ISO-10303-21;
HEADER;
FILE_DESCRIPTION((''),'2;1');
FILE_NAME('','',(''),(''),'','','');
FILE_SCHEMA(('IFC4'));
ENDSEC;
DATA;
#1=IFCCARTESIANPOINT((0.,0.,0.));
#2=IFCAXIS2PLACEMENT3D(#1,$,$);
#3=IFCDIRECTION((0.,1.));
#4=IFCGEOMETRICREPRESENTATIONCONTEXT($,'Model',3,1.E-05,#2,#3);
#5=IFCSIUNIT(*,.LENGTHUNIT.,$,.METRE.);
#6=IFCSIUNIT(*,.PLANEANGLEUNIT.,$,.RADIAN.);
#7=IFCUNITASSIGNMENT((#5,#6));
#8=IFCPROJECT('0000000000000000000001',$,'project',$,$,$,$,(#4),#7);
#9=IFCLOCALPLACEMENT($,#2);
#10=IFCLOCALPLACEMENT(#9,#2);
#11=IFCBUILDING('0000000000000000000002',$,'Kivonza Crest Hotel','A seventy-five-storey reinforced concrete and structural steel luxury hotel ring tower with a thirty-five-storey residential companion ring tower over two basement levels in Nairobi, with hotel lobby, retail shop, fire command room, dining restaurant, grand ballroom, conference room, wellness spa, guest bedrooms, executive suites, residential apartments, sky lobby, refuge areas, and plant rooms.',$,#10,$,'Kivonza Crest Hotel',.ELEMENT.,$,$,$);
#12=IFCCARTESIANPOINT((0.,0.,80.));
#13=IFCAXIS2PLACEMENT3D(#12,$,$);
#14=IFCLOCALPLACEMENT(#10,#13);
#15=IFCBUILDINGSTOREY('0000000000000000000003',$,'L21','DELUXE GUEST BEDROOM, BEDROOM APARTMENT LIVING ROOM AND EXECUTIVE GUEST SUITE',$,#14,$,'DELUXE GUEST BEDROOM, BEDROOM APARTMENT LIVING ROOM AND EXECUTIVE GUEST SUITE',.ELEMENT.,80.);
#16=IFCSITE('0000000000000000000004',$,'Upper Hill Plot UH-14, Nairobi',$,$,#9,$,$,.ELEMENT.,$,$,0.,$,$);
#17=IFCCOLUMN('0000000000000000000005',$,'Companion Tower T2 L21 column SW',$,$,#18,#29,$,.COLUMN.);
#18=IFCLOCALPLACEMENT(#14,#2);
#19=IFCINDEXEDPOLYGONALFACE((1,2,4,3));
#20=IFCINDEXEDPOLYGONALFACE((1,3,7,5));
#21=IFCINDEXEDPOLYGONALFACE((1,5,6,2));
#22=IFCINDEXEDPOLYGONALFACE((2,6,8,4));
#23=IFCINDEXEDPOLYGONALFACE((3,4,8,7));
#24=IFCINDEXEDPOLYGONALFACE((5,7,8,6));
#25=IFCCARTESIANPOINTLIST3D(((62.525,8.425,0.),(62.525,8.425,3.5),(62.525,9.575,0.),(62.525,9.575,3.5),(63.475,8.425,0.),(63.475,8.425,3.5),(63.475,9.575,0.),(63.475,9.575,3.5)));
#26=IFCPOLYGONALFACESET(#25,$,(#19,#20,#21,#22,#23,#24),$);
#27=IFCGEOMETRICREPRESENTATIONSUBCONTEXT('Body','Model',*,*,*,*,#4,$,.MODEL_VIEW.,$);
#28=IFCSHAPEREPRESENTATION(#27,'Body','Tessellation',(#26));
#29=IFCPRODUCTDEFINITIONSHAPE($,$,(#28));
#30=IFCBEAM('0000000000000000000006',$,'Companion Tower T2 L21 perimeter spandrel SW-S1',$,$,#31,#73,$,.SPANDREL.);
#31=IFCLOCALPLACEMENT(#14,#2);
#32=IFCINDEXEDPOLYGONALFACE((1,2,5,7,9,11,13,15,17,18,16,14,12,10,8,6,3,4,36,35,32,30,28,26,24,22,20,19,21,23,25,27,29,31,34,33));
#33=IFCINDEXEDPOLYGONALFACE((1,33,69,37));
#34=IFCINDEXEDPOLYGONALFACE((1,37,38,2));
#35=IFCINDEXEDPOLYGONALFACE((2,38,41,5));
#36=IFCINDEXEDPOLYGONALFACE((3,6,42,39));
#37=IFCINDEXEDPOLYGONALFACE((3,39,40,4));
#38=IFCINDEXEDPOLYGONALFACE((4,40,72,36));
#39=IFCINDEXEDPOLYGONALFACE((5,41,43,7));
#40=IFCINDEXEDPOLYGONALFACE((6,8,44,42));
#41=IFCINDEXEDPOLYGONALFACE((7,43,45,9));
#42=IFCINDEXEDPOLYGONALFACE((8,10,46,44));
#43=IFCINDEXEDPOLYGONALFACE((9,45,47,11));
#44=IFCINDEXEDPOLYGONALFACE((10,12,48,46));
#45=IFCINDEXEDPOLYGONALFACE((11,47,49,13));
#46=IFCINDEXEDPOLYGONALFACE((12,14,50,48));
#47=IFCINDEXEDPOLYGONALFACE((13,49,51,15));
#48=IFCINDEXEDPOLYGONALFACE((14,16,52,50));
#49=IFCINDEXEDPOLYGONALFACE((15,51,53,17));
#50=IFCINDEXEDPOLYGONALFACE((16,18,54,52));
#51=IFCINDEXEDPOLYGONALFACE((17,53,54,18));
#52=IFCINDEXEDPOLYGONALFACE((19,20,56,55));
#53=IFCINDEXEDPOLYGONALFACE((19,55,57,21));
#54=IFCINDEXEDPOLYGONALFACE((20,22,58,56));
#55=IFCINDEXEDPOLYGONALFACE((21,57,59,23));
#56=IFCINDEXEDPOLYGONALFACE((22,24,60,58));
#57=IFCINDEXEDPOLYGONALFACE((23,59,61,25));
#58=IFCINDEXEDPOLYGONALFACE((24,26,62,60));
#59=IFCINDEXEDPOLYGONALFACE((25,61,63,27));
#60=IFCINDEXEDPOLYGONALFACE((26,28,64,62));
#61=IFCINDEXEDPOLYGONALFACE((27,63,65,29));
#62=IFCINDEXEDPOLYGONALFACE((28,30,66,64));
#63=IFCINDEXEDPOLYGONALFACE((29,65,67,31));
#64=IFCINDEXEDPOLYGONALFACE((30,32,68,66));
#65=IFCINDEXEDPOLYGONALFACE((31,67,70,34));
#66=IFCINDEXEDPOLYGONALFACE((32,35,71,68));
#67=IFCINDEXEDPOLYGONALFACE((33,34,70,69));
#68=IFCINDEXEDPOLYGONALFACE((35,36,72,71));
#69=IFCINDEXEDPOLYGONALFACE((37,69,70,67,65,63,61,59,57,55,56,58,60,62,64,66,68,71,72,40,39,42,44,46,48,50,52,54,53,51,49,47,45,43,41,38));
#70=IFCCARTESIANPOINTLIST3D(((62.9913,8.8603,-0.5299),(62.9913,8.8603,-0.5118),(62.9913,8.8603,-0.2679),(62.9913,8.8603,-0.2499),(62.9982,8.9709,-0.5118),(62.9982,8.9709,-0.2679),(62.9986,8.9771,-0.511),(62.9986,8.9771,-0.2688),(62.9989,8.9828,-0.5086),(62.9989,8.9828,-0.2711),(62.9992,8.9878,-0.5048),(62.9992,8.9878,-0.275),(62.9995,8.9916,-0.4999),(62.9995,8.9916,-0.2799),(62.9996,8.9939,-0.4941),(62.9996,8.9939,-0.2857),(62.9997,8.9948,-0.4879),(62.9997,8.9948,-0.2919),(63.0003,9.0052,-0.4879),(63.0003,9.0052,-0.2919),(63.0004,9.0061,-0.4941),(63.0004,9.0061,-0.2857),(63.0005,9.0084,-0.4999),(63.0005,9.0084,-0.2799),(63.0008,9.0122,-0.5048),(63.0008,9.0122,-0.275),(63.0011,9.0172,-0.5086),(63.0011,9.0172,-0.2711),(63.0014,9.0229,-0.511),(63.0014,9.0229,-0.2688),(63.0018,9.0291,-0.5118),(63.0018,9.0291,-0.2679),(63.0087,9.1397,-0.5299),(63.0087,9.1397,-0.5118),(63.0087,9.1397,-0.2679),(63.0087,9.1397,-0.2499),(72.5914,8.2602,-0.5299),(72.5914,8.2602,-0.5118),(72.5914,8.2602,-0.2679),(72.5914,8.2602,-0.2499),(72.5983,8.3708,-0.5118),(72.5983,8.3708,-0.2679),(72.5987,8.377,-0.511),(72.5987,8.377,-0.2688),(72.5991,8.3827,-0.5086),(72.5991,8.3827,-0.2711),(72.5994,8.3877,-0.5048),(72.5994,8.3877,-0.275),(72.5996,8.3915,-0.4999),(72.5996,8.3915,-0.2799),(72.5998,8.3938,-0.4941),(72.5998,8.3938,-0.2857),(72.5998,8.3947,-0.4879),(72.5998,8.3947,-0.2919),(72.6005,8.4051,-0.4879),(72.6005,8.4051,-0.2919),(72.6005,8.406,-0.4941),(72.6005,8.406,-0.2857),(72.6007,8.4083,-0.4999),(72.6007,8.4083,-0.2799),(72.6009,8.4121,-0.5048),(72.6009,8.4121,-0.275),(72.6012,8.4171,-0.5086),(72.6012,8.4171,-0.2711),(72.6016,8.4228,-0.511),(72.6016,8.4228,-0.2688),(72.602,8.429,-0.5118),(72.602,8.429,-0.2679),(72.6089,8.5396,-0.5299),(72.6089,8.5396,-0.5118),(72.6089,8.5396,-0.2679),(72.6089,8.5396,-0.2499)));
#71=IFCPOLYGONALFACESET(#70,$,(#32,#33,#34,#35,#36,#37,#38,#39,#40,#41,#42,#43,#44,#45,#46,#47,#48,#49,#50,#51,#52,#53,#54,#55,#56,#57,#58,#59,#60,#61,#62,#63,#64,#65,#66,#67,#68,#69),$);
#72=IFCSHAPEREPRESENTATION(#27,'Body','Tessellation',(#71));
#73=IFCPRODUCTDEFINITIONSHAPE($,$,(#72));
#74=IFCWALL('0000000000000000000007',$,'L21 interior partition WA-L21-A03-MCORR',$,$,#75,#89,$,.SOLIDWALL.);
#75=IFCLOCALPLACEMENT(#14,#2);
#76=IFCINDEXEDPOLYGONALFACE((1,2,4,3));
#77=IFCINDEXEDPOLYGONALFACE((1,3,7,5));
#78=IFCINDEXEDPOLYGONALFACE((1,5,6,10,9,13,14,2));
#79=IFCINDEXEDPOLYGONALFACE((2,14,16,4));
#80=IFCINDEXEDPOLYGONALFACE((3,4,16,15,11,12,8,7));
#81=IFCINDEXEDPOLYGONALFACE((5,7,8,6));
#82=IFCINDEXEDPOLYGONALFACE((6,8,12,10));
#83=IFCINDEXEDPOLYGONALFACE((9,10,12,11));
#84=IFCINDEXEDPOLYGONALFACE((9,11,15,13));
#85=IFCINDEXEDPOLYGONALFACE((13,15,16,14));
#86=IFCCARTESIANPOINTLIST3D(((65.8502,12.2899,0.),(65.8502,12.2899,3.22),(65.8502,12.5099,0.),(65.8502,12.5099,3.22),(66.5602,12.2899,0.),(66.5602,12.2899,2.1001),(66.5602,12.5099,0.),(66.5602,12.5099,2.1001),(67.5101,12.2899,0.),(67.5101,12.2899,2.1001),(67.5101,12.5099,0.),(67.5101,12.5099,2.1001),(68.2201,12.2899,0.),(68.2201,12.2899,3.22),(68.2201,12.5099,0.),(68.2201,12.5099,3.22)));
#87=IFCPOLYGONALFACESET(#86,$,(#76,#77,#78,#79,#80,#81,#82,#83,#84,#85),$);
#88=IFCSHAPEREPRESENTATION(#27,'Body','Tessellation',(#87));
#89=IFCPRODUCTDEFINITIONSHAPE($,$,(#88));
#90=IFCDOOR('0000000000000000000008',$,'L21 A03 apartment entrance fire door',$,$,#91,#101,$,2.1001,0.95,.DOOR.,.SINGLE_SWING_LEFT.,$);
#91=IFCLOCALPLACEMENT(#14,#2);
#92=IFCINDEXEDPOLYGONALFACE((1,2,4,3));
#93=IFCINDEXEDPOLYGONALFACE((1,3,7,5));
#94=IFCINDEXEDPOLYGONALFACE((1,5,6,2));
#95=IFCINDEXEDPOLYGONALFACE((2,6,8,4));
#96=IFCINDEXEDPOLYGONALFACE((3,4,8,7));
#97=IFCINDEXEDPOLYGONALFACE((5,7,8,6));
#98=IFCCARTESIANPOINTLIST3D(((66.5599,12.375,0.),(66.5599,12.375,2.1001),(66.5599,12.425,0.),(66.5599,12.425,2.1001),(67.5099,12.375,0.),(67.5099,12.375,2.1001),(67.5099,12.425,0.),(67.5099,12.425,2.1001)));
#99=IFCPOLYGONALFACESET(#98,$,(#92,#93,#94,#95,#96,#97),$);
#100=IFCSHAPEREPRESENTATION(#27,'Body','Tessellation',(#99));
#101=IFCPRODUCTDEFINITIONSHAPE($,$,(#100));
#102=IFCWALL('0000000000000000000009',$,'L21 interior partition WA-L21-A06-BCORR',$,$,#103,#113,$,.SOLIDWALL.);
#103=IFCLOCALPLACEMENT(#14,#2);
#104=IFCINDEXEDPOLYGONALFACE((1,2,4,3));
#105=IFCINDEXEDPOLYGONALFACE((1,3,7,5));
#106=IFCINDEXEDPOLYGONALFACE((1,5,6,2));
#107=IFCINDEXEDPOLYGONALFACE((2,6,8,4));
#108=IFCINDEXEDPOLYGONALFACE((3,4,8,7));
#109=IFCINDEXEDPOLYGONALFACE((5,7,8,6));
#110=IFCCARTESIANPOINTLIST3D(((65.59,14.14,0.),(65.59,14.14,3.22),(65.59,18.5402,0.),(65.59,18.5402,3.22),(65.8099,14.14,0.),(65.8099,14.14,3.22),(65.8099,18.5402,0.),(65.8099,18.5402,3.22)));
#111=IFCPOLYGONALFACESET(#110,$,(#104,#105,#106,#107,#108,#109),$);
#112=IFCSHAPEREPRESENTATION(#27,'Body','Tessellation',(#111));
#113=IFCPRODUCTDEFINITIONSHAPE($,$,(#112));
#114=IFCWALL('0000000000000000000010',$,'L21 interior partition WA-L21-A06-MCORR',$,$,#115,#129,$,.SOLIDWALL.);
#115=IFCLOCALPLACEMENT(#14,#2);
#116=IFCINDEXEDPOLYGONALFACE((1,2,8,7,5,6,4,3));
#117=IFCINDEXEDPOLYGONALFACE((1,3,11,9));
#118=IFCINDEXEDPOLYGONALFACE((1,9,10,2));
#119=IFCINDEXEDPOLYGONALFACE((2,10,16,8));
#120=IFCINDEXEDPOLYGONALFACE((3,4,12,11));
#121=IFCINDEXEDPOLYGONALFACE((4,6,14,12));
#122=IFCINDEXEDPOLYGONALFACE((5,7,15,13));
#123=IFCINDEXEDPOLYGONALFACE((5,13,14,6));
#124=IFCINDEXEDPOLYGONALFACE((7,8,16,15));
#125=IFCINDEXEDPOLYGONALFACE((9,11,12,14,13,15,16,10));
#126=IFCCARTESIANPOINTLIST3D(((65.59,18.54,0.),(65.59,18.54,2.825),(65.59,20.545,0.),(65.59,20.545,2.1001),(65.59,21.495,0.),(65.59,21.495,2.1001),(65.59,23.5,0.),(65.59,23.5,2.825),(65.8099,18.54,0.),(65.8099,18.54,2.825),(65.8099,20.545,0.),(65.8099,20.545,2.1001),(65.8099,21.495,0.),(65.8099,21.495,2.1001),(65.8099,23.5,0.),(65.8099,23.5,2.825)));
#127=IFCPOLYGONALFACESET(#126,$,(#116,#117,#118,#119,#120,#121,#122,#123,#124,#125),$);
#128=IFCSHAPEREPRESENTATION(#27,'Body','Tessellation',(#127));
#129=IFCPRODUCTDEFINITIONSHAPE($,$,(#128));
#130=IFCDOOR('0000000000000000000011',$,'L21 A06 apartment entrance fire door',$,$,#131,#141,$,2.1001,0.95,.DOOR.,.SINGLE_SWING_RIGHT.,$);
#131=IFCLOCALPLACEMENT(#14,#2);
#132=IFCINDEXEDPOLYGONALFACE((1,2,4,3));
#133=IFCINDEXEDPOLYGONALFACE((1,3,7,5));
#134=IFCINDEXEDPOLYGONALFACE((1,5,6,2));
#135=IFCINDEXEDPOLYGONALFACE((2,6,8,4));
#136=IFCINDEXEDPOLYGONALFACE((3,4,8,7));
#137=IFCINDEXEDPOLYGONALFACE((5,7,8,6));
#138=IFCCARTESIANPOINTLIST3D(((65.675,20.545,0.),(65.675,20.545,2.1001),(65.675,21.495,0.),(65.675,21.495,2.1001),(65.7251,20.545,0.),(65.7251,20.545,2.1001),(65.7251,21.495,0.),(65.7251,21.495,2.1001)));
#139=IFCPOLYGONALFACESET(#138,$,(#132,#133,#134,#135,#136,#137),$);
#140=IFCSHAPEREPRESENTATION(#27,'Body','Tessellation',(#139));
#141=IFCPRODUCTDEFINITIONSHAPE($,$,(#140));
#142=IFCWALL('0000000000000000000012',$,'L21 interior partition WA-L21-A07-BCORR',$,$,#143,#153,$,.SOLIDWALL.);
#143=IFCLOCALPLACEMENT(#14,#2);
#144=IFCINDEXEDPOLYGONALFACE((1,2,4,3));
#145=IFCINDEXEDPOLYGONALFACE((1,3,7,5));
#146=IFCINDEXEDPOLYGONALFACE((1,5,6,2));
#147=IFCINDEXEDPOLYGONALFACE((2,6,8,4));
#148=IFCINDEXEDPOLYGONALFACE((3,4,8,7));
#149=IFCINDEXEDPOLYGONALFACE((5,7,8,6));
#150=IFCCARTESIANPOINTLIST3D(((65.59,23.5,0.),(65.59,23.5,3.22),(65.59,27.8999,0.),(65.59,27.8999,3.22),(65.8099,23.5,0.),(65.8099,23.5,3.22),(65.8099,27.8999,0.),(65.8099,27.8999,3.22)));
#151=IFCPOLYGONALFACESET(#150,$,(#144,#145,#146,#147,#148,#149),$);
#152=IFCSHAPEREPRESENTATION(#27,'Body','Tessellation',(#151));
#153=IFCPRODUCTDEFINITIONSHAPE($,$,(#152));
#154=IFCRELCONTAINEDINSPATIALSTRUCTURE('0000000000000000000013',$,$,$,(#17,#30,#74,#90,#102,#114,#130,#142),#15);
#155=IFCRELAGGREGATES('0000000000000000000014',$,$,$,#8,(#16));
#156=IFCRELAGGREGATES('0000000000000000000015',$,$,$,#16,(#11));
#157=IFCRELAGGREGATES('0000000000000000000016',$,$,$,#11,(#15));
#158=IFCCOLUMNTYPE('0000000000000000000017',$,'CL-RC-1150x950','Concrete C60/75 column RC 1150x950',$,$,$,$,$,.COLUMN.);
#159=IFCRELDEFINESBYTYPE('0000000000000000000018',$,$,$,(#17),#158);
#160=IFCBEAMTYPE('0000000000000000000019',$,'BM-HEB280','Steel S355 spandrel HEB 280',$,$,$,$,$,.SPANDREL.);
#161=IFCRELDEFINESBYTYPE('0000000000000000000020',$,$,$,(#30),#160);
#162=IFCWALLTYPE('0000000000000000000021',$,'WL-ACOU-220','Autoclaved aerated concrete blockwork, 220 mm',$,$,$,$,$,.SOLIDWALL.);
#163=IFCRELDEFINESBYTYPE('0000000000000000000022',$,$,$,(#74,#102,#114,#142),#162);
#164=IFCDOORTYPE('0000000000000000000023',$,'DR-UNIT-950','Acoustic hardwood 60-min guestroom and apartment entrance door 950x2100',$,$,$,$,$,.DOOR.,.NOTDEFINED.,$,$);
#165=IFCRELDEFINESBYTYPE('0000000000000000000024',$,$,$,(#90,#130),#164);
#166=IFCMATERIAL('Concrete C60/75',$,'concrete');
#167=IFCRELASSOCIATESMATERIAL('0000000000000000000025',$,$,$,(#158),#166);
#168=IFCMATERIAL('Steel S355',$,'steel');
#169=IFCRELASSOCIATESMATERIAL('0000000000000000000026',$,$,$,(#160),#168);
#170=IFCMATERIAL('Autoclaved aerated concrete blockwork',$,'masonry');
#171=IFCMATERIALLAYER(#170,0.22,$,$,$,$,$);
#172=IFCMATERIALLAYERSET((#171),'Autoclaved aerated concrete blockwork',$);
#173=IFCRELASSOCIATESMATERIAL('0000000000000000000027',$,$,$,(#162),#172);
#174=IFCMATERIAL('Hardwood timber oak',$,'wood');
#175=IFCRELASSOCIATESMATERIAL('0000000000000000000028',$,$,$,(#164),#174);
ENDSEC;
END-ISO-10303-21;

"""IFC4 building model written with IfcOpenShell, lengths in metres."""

from ifc_helpers import new_model, si_unit, direction, frame, frame_2d, origin, origin_2d, place, context, subcontext, project, spatial, rectangle, i_section, extrude, material, layer, layer_set, material_profile, profile_set, type_object, element, fill, save


model = new_model("IFC4")

# Units and contexts
model_context = context("Model", 3, precision=1e-05, world=origin(), true_north=direction((0.0, 1.0)))
body_context = subcontext(model_context, "Body", "Model", "MODEL_VIEW")
ifc_project = project(units=[si_unit("LENGTHUNIT", "METRE"), si_unit("PLANEANGLEUNIT", "RADIAN")], contexts=[model_context])

# Site, building, storey
site_placement = place(None, origin())
site = spatial("IfcSite", under=ifc_project, at=site_placement, Name="Upper Hill Plot UH-14, Nairobi", CompositionType="ELEMENT", RefElevation=0.0)
building_placement = place(site_placement, origin())
building = spatial("IfcBuilding", under=site, at=building_placement, Name="Kivonza Crest Hotel", Description="A seventy-five-storey reinforced concrete and structural steel luxury hotel ring tower with a thirty-five-storey residential companion ring tower over two basement levels in Nairobi, with hotel lobby, retail shop, fire command room, dining restaurant, grand ballroom, conference room, wellness spa, guest bedrooms, executive suites, residential apartments, sky lobby, refuge areas, and plant rooms.", LongName="Kivonza Crest Hotel", CompositionType="ELEMENT")
storey_placement = place(building_placement, frame((0.0, 0.0, 80.0)))
storey = spatial("IfcBuildingStorey", under=building, at=storey_placement, Name="L21", Description="DELUXE GUEST BEDROOM, BEDROOM APARTMENT LIVING ROOM AND EXECUTIVE GUEST SUITE", LongName="DELUXE GUEST BEDROOM, BEDROOM APARTMENT LIVING ROOM AND EXECUTIVE GUEST SUITE", CompositionType="ELEMENT", Elevation=80.0)

# Column
ifc_material_1 = material(Name="Concrete C60/75", Category="concrete")
ifc_material_profile_1 = material_profile(ifc_material_1, rectangle(XDim=0.95, YDim=1.1499, at=origin_2d()), Name="RC 1150x950")
ifc_profile_set_1 = profile_set([ifc_material_profile_1], Name="Concrete C60/75")
column_type = type_object("IfcColumnType", Name="CL-RC-1150x950", Description="Concrete C60/75 column RC 1150x950", PredefinedType="COLUMN", material=ifc_profile_set_1)
column_placement = place(storey_placement, frame((63.0, 9.0, 0.0), z_axis=(0.0, 0.0, 1.0), x_axis=(1.0, 0.0, 0.0)))
element("IfcColumn", 1, at=column_placement, inside=storey, type_object=column_type, Name="Companion Tower T2 L21 column SW", PredefinedType="COLUMN", context=body_context, shape_type="SweptSolid", body=[
    extrude(rectangle(XDim=0.95, YDim=1.1499, at=origin_2d()), origin(), (0.0, 0.0, 1.0), 3.5),
])

# Beam
ifc_material_2 = material(Name="Steel S355", Category="steel")
ifc_material_profile_2 = material_profile(ifc_material_2, i_section(OverallWidth=0.28, OverallDepth=0.28, WebThickness=0.0105, FlangeThickness=0.0181, FilletRadius=0.0239, at=origin_2d()), Name="HEB 280")
ifc_profile_set_2 = profile_set([ifc_material_profile_2], Name="Steel S355")
beam_type = type_object("IfcBeamType", Name="BM-HEB280", Description="Steel S355 spandrel HEB 280", PredefinedType="SPANDREL", material=ifc_profile_set_2)
beam_placement = place(storey_placement, frame((63.0, 9.0, -0.3899), z_axis=(0.998052, -0.062388, 0.0), x_axis=(0.062388, 0.998052, 0.0)))
element("IfcBeam", 2, at=beam_placement, inside=storey, type_object=beam_type, Name="Companion Tower T2 L21 perimeter spandrel SW-S1", PredefinedType="SPANDREL", context=body_context, shape_type="SweptSolid", body=[
    extrude(i_section(OverallWidth=0.28, OverallDepth=0.28, WebThickness=0.0105, FlangeThickness=0.0181, FilletRadius=0.0239, at=origin_2d()), origin(), (0.0, 0.0, 1.0), 9.6189),
])

# Wall, opening, door
ifc_material_3 = material(Name="Autoclaved aerated concrete blockwork", Category="masonry")
ifc_layer_1 = layer(ifc_material_3, 0.22)
ifc_layer_set_1 = layer_set([ifc_layer_1], Name="Autoclaved aerated concrete blockwork")
wall_type_1 = type_object("IfcWallType", Name="WL-ACOU-220", Description="Autoclaved aerated concrete blockwork, 220 mm", PredefinedType="SOLIDWALL", material=ifc_layer_set_1)
wall_1_placement = place(storey_placement, frame((65.8501, 12.3999, 0.0), z_axis=(0.0, 0.0, 1.0), x_axis=(1.0, 0.0, 0.0)))
wall_1 = element("IfcWall", 3, at=wall_1_placement, inside=storey, type_object=wall_type_1, Name="L21 interior partition WA-L21-A03-MCORR", PredefinedType="SOLIDWALL", context=body_context, shape_type="SweptSolid", body=[
    extrude(rectangle(XDim=2.3699, YDim=0.22, at=frame_2d((1.1851, 0.0))), origin(), (0.0, 0.0, 1.0), 3.22),
])
opening_1_placement = place(wall_1_placement, frame((0.71, 0.0, 0.0)))
opening_1 = element("IfcOpeningElement", 4, at=opening_1_placement, cuts=wall_1, PredefinedType="OPENING", context=body_context, shape_type="SweptSolid", body=[
    extrude(rectangle(XDim=0.95, YDim=2.1001, at=frame_2d((0.4751, 1.05))), frame((0.0, 0.1201, 0.0), z_axis=(0.0, -1.0, 0.0), x_axis=(1.0, 0.0, 0.0)), (0.0, 0.0, 1.0), 0.24),
])
ifc_material_4 = material(Name="Hardwood timber oak", Category="wood")
door_type_1 = type_object("IfcDoorType", Name="DR-UNIT-950", Description="Acoustic hardwood 60-min guestroom and apartment entrance door 950x2100", OperationType="NOTDEFINED", PredefinedType="DOOR", material=ifc_material_4)
door_1_placement = place(opening_1_placement, frame((0.95, 0.0, 0.0), z_axis=(0.0, 0.0, 1.0), x_axis=(-1.0, 0.0, 0.0)))
door_1 = element("IfcDoor", 5, at=door_1_placement, inside=storey, type_object=door_type_1, Name="L21 A03 apartment entrance fire door", OperationType="SINGLE_SWING_LEFT", OverallHeight=2.1001, OverallWidth=0.95, PredefinedType="DOOR", context=body_context, shape_type="SweptSolid", body=[
    extrude(rectangle(XDim=0.95, YDim=2.1001, at=frame_2d((0.4751, 1.05))), frame((0.0, 0.0249, 0.0), z_axis=(0.0, -1.0, 0.0), x_axis=(1.0, 0.0, 0.0)), (0.0, 0.0, 1.0), 0.05),
])
fill(opening_1, door_1)

# Wall
wall_2_placement = place(storey_placement, frame((65.7, 14.1399, 0.0), z_axis=(0.0, 0.0, 1.0), x_axis=(0.0, 1.0, 0.0)))
element("IfcWall", 6, at=wall_2_placement, inside=storey, type_object=wall_type_1, Name="L21 interior partition WA-L21-A06-BCORR", PredefinedType="SOLIDWALL", context=body_context, shape_type="SweptSolid", body=[
    extrude(rectangle(XDim=4.4001, YDim=0.22, at=frame_2d((2.2002, 0.0))), origin(), (0.0, 0.0, 1.0), 3.22),
])

# Wall, opening, door
wall_3_placement = place(storey_placement, frame((65.7, 18.54, 0.0), z_axis=(0.0, 0.0, 1.0), x_axis=(0.0, 1.0, 0.0)))
wall_3 = element("IfcWall", 7, at=wall_3_placement, inside=storey, type_object=wall_type_1, Name="L21 interior partition WA-L21-A06-MCORR", PredefinedType="SOLIDWALL", context=body_context, shape_type="SweptSolid", body=[
    extrude(rectangle(XDim=4.96, YDim=0.22, at=frame_2d((2.48, 0.0))), origin(), (0.0, 0.0, 1.0), 2.825),
])
opening_2_placement = place(wall_3_placement, frame((2.0049, 0.0, 0.0)))
opening_2 = element("IfcOpeningElement", 8, at=opening_2_placement, cuts=wall_3, PredefinedType="OPENING", context=body_context, shape_type="SweptSolid", body=[
    extrude(rectangle(XDim=0.95, YDim=2.1001, at=frame_2d((0.4751, 1.05))), frame((0.0, 0.1201, 0.0), z_axis=(0.0, -1.0, 0.0), x_axis=(1.0, 0.0, 0.0)), (0.0, 0.0, 1.0), 0.24),
])
door_2_placement = place(opening_2_placement, origin())
door_2 = element("IfcDoor", 9, at=door_2_placement, inside=storey, type_object=door_type_1, Name="L21 A06 apartment entrance fire door", OperationType="SINGLE_SWING_RIGHT", OverallHeight=2.1001, OverallWidth=0.95, PredefinedType="DOOR", context=body_context, shape_type="SweptSolid", body=[
    extrude(rectangle(XDim=0.95, YDim=2.1001, at=frame_2d((0.4751, 1.05))), frame((0.0, 0.0249, 0.0), z_axis=(0.0, -1.0, 0.0), x_axis=(1.0, 0.0, 0.0)), (0.0, 0.0, 1.0), 0.05),
])
fill(opening_2, door_2)

# Wall
wall_4_placement = place(storey_placement, frame((65.7, 23.5, 0.0), z_axis=(0.0, 0.0, 1.0), x_axis=(0.0, 1.0, 0.0)))
element("IfcWall", 10, at=wall_4_placement, inside=storey, type_object=wall_type_1, Name="L21 interior partition WA-L21-A07-BCORR", PredefinedType="SOLIDWALL", context=body_context, shape_type="SweptSolid", body=[
    extrude(rectangle(XDim=4.3999, YDim=0.22, at=frame_2d((2.2, 0.0))), origin(), (0.0, 0.0, 1.0), 3.22),
])

save(model, "model.ifc")
